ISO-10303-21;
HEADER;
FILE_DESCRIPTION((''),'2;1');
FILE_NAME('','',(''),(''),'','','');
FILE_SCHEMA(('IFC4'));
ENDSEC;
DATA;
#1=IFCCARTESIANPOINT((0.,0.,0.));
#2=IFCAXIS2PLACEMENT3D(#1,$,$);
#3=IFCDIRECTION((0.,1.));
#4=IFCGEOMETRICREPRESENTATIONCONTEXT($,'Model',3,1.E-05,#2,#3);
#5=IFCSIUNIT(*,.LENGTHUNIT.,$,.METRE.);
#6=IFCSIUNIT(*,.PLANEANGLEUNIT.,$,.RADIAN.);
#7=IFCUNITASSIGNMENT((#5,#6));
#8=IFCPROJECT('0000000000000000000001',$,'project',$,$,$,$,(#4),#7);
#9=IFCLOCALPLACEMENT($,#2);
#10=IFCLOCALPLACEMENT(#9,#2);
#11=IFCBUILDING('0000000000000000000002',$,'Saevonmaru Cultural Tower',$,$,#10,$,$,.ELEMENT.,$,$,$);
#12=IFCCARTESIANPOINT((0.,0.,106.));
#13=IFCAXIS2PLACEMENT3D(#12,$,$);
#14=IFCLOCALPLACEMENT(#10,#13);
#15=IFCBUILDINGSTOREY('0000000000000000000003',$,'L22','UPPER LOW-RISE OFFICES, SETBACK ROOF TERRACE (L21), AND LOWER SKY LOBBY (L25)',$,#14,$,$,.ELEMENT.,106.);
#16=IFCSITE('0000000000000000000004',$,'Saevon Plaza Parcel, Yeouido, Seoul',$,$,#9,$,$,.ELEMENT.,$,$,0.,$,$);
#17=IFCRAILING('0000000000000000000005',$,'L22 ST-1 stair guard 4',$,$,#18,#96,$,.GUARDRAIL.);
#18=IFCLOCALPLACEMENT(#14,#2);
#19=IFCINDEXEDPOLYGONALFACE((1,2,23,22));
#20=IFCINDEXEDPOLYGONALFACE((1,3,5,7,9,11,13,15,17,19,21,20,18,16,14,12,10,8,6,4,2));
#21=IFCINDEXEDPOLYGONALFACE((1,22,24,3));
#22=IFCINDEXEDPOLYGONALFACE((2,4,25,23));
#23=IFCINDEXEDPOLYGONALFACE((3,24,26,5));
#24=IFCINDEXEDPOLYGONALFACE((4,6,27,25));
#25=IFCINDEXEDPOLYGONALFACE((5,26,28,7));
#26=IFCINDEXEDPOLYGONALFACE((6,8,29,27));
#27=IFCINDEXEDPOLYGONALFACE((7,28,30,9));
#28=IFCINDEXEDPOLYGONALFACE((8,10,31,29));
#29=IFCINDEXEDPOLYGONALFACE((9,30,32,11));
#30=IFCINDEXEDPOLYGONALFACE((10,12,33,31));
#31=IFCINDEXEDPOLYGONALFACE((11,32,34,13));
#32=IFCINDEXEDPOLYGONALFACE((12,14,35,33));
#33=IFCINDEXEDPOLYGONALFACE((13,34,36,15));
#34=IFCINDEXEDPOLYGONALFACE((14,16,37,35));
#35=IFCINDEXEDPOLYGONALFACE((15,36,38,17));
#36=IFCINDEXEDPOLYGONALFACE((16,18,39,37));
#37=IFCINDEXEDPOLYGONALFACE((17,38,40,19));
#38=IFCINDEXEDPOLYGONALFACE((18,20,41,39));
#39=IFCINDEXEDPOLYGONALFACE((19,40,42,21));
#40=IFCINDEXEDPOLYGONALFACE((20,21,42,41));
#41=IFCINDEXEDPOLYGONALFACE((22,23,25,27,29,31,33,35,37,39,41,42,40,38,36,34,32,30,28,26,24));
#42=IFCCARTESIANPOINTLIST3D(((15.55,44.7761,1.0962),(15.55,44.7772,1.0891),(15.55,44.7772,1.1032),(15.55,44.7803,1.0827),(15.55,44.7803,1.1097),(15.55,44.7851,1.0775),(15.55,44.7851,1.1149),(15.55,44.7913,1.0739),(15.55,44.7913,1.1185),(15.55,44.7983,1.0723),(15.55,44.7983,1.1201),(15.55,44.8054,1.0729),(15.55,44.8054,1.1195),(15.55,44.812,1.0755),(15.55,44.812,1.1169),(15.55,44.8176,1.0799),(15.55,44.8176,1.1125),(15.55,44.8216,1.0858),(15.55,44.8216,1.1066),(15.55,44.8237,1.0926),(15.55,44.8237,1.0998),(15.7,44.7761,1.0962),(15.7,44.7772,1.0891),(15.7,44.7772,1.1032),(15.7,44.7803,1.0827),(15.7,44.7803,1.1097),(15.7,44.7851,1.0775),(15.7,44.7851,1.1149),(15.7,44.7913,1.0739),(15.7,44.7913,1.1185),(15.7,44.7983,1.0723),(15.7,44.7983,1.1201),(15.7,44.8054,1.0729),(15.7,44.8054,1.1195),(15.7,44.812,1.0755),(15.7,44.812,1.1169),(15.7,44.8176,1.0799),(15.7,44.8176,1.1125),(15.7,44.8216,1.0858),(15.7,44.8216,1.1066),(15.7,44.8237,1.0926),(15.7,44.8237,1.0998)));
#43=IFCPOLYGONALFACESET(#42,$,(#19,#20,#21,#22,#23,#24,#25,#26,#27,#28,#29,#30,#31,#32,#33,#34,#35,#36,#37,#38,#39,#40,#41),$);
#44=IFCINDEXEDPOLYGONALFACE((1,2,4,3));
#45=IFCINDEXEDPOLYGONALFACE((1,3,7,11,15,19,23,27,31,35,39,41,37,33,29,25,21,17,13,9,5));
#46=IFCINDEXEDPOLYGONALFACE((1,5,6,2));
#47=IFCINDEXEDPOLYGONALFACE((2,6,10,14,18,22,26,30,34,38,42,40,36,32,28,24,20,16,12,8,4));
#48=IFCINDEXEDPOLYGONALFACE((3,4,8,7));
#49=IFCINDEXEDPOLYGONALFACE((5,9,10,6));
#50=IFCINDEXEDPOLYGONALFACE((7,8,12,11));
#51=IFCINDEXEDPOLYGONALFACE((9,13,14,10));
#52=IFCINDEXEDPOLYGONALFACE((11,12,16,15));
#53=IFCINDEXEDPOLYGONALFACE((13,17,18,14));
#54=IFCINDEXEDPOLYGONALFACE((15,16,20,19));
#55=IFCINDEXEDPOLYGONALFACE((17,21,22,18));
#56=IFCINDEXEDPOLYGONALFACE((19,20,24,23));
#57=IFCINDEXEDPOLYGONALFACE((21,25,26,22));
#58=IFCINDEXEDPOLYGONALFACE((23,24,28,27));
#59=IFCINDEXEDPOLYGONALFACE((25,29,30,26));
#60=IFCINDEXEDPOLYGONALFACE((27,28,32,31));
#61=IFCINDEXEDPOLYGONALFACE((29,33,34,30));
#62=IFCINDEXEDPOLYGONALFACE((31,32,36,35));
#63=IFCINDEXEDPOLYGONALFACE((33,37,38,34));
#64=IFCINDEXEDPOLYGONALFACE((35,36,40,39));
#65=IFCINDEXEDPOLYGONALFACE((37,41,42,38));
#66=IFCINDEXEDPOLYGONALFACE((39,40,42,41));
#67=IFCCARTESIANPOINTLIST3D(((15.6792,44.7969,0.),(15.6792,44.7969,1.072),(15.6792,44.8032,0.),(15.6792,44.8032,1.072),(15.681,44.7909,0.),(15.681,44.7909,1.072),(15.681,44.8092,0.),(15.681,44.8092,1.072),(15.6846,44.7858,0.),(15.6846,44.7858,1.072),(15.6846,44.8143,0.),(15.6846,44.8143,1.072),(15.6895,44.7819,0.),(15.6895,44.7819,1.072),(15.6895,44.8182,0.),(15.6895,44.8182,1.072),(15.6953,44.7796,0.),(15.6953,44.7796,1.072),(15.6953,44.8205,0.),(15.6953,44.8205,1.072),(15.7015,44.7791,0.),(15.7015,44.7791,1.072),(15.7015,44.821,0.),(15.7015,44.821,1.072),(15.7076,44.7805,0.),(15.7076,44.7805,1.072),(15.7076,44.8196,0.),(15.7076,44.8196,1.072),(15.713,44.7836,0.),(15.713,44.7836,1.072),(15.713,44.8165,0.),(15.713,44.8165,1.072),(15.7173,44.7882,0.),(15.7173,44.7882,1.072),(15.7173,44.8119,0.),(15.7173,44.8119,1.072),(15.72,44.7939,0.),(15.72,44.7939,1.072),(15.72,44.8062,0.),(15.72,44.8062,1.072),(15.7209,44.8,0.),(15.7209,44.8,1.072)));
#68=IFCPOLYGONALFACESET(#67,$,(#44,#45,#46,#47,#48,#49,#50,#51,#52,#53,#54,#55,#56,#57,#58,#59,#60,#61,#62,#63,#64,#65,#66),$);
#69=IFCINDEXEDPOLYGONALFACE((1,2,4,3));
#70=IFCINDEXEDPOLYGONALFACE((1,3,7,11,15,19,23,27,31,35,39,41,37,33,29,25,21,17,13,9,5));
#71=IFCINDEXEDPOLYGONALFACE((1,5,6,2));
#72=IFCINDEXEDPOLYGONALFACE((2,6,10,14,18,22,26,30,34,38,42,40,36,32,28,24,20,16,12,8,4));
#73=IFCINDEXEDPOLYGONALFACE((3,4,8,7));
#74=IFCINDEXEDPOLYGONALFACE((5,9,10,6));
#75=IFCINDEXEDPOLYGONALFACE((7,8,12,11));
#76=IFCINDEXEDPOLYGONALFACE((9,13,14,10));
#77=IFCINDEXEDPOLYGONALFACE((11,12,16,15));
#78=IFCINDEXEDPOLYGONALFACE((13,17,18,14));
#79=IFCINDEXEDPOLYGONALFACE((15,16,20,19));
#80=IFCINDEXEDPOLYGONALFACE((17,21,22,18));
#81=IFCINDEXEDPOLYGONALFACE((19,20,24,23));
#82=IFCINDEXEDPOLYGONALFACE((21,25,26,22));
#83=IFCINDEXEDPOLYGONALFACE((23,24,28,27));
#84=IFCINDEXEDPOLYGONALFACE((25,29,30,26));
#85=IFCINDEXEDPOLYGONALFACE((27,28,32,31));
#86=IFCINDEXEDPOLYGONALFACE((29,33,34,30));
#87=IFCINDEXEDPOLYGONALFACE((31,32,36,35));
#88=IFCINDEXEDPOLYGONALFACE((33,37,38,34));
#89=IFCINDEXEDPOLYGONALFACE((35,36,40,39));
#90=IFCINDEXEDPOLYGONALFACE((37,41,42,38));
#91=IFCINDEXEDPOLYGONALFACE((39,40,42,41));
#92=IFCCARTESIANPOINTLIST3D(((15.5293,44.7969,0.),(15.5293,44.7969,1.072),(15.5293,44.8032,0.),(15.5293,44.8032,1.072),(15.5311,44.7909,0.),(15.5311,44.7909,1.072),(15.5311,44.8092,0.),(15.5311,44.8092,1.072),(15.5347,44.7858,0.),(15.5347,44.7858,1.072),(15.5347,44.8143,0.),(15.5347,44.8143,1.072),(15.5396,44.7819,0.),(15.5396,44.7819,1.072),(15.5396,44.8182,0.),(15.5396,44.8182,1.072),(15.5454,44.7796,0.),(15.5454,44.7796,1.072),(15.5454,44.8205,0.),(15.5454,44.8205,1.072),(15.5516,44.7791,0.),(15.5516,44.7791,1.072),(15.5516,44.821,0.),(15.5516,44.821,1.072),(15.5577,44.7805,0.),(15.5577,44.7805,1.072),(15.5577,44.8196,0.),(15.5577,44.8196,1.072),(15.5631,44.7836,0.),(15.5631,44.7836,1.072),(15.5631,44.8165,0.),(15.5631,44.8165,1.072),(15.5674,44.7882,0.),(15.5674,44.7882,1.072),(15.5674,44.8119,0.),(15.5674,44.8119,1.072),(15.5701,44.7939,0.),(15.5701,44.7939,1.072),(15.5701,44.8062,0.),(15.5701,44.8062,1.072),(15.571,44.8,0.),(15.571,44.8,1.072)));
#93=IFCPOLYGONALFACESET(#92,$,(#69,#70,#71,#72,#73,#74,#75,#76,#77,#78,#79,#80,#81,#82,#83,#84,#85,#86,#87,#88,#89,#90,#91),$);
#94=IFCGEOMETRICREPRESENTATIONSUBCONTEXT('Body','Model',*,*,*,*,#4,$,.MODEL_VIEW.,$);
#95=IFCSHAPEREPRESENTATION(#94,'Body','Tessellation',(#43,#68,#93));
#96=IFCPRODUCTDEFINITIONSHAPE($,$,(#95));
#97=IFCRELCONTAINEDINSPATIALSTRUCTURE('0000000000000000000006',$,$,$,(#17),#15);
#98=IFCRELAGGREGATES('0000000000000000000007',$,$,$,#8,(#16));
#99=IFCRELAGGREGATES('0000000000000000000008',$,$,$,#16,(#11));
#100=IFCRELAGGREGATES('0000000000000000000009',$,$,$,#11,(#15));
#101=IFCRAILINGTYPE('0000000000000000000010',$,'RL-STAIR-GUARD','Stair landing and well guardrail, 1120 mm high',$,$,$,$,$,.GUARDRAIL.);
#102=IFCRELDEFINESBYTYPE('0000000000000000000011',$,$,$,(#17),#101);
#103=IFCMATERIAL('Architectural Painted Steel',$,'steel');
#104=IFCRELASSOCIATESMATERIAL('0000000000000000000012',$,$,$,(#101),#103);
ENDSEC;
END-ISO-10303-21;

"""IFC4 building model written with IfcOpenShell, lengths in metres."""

from ifc_helpers import new_model, si_unit, direction, frame, origin, origin_2d, place, context, subcontext, project, spatial, circle, extrude, material, type_object, element, save


model = new_model("IFC4")

# Units and contexts
model_context = context("Model", 3, precision=1e-05, world=origin(), true_north=direction((0.0, 1.0)))
body_context = subcontext(model_context, "Body", "Model", "MODEL_VIEW")
ifc_project = project(units=[si_unit("LENGTHUNIT", "METRE"), si_unit("PLANEANGLEUNIT", "RADIAN")], contexts=[model_context])

# Site, building, storey
site_placement = place(None, origin())
site = spatial("IfcSite", under=ifc_project, at=site_placement, Name="Saevon Plaza Parcel, Yeouido, Seoul", CompositionType="ELEMENT", RefElevation=0.0)
building_placement = place(site_placement, origin())
building = spatial("IfcBuilding", under=site, at=building_placement, Name="Saevonmaru Cultural Tower", CompositionType="ELEMENT")
storey_placement = place(building_placement, frame((0.0, 0.0, 106.0)))
storey = spatial("IfcBuildingStorey", under=building, at=storey_placement, Name="L22", Description="UPPER LOW-RISE OFFICES, SETBACK ROOF TERRACE (L21), AND LOWER SKY LOBBY (L25)", CompositionType="ELEMENT", Elevation=106.0)

# Railing
ifc_material_1 = material(Name="Architectural Painted Steel", Category="steel")
railing_type_1 = type_object("IfcRailingType", Name="RL-STAIR-GUARD", Description="Stair landing and well guardrail, 1120 mm high", PredefinedType="GUARDRAIL", material=ifc_material_1)
railing_1_placement = place(storey_placement, frame((15.7, 44.8, 0.0)))
element("IfcRailing", 1, at=railing_1_placement, inside=storey, type_object=railing_type_1, Name="L22 ST-1 stair guard 4", PredefinedType="GUARDRAIL", context=body_context, shape_type="SweptSolid", body=[
    extrude(circle(Radius=0.0239, at=origin_2d()), frame((0.0, 0.0, 1.0962), z_axis=(-1.0, 0.0, 0.0), x_axis=(0.0, -1.0, 0.0)), (0.0, 0.0, 1.0), 0.1499),
    extrude(circle(Radius=0.021, at=origin_2d()), origin(), (0.0, 0.0, 1.0), 1.072),
    extrude(circle(Radius=0.021, at=origin_2d()), frame((-0.1499, 0.0, 0.0)), (0.0, 0.0, 1.0), 1.072),
])

save(model, "model.ifc")
